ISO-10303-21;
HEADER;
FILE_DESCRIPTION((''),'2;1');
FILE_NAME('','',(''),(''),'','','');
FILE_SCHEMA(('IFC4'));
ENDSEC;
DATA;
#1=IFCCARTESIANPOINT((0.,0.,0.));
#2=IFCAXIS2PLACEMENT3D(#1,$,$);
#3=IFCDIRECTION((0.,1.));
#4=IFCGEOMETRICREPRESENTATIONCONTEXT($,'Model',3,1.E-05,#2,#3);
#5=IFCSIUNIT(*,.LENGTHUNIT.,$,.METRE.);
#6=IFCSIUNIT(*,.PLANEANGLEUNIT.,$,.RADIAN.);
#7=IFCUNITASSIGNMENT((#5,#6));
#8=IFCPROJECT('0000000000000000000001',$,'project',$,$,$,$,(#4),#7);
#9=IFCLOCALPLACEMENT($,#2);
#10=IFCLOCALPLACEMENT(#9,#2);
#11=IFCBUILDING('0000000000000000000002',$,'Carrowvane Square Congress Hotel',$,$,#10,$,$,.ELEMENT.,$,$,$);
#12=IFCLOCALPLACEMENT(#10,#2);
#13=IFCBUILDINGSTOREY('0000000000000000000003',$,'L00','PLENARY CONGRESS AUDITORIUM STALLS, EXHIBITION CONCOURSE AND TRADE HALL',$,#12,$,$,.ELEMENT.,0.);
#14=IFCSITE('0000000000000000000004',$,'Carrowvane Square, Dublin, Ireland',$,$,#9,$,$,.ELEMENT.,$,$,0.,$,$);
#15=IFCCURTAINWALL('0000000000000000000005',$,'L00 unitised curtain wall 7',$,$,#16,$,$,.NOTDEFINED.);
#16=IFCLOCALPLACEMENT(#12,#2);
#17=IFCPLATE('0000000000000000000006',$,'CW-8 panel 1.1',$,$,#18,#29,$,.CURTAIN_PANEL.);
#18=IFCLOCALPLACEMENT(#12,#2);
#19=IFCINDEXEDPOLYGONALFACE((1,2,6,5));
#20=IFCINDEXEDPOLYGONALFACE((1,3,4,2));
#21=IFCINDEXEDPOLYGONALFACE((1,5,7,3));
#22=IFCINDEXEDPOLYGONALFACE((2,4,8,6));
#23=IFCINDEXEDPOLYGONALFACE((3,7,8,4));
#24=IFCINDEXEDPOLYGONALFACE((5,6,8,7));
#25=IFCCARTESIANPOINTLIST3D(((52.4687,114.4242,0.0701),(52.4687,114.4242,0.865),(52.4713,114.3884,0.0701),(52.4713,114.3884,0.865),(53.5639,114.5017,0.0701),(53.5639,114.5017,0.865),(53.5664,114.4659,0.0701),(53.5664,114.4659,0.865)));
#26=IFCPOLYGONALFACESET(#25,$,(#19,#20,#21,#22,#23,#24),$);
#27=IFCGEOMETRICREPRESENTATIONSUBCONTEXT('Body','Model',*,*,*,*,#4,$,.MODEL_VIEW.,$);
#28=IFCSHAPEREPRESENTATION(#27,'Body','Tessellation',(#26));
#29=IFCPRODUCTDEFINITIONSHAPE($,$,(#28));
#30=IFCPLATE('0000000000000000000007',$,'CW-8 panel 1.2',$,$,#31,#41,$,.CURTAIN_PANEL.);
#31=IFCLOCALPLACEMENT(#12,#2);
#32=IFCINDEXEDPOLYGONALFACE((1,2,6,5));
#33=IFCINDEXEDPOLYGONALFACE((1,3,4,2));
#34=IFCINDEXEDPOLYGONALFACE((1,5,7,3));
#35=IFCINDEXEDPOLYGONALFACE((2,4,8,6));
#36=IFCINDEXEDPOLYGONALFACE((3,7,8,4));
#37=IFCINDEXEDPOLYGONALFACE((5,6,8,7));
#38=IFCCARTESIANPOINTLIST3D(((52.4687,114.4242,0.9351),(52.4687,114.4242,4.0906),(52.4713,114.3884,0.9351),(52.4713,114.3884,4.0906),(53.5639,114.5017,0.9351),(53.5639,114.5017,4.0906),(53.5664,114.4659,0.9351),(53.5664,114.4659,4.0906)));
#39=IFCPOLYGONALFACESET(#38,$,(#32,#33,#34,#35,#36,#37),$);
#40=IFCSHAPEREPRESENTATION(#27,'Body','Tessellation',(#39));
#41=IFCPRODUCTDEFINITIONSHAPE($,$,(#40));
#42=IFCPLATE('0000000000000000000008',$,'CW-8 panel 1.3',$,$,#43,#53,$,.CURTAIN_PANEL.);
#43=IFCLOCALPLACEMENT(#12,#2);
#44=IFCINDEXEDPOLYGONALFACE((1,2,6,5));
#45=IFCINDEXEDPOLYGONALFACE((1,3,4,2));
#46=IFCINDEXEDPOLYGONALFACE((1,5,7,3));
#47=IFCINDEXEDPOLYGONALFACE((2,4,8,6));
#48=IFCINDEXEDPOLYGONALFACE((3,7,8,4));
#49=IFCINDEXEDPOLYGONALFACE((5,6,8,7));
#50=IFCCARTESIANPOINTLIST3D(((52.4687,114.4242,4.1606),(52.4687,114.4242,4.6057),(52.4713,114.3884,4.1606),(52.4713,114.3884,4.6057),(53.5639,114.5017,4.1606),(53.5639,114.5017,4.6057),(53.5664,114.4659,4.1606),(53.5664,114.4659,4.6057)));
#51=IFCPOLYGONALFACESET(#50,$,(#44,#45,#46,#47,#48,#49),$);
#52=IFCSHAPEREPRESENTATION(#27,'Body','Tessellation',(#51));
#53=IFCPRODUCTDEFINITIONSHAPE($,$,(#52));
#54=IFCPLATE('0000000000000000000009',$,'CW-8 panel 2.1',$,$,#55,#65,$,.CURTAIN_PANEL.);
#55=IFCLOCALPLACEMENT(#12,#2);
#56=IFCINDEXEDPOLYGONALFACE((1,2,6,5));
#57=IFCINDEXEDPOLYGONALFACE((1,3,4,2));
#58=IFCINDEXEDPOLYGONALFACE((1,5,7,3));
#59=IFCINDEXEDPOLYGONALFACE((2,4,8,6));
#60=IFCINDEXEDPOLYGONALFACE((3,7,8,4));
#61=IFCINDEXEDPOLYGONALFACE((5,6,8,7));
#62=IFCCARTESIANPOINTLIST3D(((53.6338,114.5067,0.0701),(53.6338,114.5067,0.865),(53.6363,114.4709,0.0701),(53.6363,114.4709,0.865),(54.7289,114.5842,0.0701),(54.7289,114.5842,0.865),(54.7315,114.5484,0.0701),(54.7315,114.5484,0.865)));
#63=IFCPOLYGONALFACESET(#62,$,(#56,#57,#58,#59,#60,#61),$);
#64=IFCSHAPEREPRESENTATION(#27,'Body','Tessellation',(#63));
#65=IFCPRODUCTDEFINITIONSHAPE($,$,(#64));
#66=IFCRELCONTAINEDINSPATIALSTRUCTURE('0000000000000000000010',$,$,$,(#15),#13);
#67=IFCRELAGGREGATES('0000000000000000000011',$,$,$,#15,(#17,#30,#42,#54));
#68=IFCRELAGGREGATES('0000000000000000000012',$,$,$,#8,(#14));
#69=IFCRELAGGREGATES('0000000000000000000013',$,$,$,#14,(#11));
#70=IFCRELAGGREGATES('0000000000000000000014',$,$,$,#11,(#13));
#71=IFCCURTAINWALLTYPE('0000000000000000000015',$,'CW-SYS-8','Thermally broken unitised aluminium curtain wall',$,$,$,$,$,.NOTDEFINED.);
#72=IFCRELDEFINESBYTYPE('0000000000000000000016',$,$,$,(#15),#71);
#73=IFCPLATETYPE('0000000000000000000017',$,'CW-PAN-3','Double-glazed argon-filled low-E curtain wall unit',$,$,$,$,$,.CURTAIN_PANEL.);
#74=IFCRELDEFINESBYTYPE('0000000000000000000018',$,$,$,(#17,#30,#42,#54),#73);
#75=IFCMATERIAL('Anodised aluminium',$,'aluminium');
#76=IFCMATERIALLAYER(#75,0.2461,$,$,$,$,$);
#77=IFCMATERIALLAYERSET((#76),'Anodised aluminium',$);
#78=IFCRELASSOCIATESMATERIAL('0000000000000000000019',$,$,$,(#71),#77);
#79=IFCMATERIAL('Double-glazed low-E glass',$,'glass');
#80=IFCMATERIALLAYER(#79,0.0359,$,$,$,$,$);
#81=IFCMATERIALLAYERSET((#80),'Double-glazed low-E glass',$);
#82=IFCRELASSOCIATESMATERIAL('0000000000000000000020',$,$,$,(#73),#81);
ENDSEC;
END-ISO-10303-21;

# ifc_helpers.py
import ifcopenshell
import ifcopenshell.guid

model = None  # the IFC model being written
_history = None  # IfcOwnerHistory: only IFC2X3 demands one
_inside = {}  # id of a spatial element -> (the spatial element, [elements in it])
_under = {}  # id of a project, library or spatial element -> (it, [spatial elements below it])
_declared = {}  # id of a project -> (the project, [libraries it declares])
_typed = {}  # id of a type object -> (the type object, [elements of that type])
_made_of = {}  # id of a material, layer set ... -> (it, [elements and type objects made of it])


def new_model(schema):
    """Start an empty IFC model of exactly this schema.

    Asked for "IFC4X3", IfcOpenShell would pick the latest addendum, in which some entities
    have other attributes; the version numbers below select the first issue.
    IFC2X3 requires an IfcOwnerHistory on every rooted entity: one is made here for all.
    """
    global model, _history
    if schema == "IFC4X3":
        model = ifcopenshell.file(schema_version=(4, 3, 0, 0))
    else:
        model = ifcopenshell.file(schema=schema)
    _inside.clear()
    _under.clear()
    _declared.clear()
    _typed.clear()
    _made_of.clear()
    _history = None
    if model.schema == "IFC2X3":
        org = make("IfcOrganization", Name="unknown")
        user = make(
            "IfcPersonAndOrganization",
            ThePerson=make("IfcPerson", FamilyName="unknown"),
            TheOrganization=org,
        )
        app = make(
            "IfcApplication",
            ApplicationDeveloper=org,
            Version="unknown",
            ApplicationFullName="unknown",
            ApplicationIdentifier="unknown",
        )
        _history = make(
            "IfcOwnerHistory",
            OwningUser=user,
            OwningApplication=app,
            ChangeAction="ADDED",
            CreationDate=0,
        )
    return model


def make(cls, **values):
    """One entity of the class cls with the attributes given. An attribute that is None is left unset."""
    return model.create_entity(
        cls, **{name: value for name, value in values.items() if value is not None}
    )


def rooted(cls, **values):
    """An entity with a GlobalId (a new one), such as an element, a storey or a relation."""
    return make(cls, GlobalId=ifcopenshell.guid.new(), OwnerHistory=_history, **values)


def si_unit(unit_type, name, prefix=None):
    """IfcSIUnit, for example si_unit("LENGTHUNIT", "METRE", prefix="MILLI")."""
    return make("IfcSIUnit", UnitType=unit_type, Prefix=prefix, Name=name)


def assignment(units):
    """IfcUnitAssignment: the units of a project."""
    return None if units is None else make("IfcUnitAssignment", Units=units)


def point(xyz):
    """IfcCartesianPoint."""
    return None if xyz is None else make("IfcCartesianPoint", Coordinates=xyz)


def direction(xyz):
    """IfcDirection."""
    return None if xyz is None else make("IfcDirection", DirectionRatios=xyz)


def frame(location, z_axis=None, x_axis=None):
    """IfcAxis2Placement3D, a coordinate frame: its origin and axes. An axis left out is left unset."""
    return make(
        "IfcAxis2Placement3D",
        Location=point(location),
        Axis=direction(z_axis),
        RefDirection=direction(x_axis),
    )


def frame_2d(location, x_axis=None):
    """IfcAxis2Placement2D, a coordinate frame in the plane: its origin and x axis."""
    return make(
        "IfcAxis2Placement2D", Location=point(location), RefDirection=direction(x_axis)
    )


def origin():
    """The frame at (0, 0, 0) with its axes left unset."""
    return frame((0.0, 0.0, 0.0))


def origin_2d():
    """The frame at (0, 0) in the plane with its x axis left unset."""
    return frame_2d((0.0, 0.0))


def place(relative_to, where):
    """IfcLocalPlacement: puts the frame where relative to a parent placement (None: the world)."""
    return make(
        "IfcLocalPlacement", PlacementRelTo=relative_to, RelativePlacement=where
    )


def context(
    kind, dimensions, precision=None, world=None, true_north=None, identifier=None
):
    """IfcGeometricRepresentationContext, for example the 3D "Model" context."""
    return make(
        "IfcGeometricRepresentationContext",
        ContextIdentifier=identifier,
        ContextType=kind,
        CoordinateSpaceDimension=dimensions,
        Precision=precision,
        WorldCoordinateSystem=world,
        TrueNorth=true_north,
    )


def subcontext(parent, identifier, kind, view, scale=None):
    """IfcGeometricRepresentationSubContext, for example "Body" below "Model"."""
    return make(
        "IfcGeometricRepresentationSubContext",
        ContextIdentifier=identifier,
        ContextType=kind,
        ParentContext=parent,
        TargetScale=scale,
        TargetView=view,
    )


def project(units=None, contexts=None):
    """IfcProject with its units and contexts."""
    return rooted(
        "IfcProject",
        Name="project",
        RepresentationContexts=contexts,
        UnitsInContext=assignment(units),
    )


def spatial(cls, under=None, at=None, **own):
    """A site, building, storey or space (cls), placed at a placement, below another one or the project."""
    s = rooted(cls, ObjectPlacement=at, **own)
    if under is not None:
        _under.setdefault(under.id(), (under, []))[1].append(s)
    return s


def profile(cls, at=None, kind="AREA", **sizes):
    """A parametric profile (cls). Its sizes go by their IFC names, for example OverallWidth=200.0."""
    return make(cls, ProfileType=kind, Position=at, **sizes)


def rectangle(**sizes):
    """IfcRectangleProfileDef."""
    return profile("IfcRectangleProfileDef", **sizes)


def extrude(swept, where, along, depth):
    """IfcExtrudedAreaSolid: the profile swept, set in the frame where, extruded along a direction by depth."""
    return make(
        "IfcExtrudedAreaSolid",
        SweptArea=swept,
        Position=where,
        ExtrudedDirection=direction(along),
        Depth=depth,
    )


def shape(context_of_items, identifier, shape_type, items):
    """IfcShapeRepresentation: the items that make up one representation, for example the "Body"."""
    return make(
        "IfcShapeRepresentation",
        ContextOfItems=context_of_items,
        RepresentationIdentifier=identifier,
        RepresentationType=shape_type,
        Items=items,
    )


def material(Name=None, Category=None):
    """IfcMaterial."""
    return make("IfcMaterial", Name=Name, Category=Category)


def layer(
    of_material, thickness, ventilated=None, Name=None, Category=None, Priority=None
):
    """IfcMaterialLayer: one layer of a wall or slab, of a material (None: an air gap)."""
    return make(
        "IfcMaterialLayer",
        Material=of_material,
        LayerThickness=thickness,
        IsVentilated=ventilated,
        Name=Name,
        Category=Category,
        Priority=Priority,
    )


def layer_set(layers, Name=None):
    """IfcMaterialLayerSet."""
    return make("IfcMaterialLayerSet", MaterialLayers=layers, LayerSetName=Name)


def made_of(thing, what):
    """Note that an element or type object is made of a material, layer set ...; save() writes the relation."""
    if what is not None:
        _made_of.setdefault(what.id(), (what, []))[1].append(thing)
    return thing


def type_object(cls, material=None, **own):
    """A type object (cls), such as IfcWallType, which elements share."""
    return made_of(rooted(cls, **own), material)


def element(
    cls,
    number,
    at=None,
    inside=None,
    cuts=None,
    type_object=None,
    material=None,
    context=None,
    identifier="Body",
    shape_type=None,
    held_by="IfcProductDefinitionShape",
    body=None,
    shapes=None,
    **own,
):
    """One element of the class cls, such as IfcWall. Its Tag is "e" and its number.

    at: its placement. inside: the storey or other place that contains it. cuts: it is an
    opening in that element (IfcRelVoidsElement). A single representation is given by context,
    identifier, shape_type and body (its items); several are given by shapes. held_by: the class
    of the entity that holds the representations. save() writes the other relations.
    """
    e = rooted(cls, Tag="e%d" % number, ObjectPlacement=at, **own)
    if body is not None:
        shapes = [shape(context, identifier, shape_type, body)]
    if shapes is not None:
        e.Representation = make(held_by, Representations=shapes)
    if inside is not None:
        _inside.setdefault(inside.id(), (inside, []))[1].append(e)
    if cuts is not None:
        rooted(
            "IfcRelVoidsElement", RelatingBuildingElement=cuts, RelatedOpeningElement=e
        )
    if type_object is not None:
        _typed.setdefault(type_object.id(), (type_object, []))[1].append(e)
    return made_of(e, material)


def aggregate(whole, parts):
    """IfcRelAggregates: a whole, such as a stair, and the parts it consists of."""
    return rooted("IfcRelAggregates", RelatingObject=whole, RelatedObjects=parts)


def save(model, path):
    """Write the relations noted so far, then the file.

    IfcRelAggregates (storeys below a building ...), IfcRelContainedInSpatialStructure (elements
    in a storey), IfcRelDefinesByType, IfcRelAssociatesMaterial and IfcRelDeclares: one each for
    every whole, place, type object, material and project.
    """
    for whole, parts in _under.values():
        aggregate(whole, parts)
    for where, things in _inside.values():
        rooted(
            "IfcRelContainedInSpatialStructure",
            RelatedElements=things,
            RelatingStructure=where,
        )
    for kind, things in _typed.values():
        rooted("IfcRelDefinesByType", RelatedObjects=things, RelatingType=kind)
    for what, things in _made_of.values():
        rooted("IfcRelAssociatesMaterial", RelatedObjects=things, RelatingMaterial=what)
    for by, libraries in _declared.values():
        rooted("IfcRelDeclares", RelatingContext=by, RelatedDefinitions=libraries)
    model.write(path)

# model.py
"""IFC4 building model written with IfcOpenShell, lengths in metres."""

from ifc_helpers import new_model, si_unit, direction, frame, origin, origin_2d, place, context, subcontext, project, spatial, rectangle, extrude, material, layer, layer_set, type_object, element, aggregate, save


model = new_model("IFC4")

# Units and contexts
model_context = context("Model", 3, precision=1e-05, world=origin(), true_north=direction((0.0, 1.0)))
body_context = subcontext(model_context, "Body", "Model", "MODEL_VIEW")
ifc_project = project(units=[si_unit("LENGTHUNIT", "METRE"), si_unit("PLANEANGLEUNIT", "RADIAN")], contexts=[model_context])

# Site, building, storey
site_placement = place(None, origin())
site = spatial("IfcSite", under=ifc_project, at=site_placement, Name="Carrowvane Square, Dublin, Ireland", CompositionType="ELEMENT", RefElevation=0.0)
building_placement = place(site_placement, origin())
building = spatial("IfcBuilding", under=site, at=building_placement, Name="Carrowvane Square Congress Hotel", CompositionType="ELEMENT")
storey_placement = place(building_placement, origin())
storey = spatial("IfcBuildingStorey", under=building, at=storey_placement, Name="L00", Description="PLENARY CONGRESS AUDITORIUM STALLS, EXHIBITION CONCOURSE AND TRADE HALL", CompositionType="ELEMENT", Elevation=0.0)

# Curtain wall
ifc_material_1 = material(Name="Anodised aluminium", Category="aluminium")
ifc_layer_1 = layer(ifc_material_1, 0.2461)
ifc_layer_set_1 = layer_set([ifc_layer_1], Name="Anodised aluminium")
curtain_wall_type_1 = type_object("IfcCurtainWallType", Name="CW-SYS-8", Description="Thermally broken unitised aluminium curtain wall", PredefinedType="NOTDEFINED", material=ifc_layer_set_1)
curtain_wall_1_placement = place(storey_placement, origin())
curtain_wall_1 = element("IfcCurtainWall", 1, at=curtain_wall_1_placement, inside=storey, type_object=curtain_wall_type_1, Name="L00 unitised curtain wall 7", PredefinedType="NOTDEFINED")

# Plates
ifc_material_2 = material(Name="Double-glazed low-E glass", Category="glass")
ifc_layer_2 = layer(ifc_material_2, 0.0359)
ifc_layer_set_2 = layer_set([ifc_layer_2], Name="Double-glazed low-E glass")
plate_type_1 = type_object("IfcPlateType", Name="CW-PAN-3", Description="Double-glazed argon-filled low-E curtain wall unit", PredefinedType="CURTAIN_PANEL", material=ifc_layer_set_2)
plate_1_placement = place(storey_placement, frame((53.0176, 114.4451, 0.0701), z_axis=(0.0, 0.0, 1.0), x_axis=(0.997506, 0.070586, 0.0)))
plate_1 = element("IfcPlate", 2, at=plate_1_placement, type_object=plate_type_1, Name="CW-8 panel 1.1", PredefinedType="CURTAIN_PANEL", context=body_context, shape_type="SweptSolid", body=[
    extrude(rectangle(XDim=1.0979, YDim=0.0359, at=origin_2d()), origin(), (0.0, 0.0, 1.0), 0.7949),
])
plate_2_placement = place(storey_placement, frame((53.0176, 114.4451, 0.9351), z_axis=(0.0, 0.0, 1.0), x_axis=(0.997506, 0.070586, 0.0)))
plate_2 = element("IfcPlate", 3, at=plate_2_placement, type_object=plate_type_1, Name="CW-8 panel 1.2", PredefinedType="CURTAIN_PANEL", context=body_context, shape_type="SweptSolid", body=[
    extrude(rectangle(XDim=1.0979, YDim=0.0359, at=origin_2d()), origin(), (0.0, 0.0, 1.0), 3.1555),
])
plate_3_placement = place(storey_placement, frame((53.0176, 114.4451, 4.1606), z_axis=(0.0, 0.0, 1.0), x_axis=(0.997506, 0.070586, 0.0)))
plate_3 = element("IfcPlate", 4, at=plate_3_placement, type_object=plate_type_1, Name="CW-8 panel 1.3", PredefinedType="CURTAIN_PANEL", context=body_context, shape_type="SweptSolid", body=[
    extrude(rectangle(XDim=1.0979, YDim=0.0359, at=origin_2d()), origin(), (0.0, 0.0, 1.0), 0.4451),
])
plate_4_placement = place(storey_placement, frame((54.1826, 114.5276, 0.0701), z_axis=(0.0, 0.0, 1.0), x_axis=(0.997506, 0.070586, 0.0)))
plate_4 = element("IfcPlate", 5, at=plate_4_placement, type_object=plate_type_1, Name="CW-8 panel 2.1", PredefinedType="CURTAIN_PANEL", context=body_context, shape_type="SweptSolid", body=[
    extrude(rectangle(XDim=1.0979, YDim=0.0359, at=origin_2d()), origin(), (0.0, 0.0, 1.0), 0.7949),
])
aggregate(curtain_wall_1, [plate_1, plate_2, plate_3, plate_4])

save(model, "model.ifc")
